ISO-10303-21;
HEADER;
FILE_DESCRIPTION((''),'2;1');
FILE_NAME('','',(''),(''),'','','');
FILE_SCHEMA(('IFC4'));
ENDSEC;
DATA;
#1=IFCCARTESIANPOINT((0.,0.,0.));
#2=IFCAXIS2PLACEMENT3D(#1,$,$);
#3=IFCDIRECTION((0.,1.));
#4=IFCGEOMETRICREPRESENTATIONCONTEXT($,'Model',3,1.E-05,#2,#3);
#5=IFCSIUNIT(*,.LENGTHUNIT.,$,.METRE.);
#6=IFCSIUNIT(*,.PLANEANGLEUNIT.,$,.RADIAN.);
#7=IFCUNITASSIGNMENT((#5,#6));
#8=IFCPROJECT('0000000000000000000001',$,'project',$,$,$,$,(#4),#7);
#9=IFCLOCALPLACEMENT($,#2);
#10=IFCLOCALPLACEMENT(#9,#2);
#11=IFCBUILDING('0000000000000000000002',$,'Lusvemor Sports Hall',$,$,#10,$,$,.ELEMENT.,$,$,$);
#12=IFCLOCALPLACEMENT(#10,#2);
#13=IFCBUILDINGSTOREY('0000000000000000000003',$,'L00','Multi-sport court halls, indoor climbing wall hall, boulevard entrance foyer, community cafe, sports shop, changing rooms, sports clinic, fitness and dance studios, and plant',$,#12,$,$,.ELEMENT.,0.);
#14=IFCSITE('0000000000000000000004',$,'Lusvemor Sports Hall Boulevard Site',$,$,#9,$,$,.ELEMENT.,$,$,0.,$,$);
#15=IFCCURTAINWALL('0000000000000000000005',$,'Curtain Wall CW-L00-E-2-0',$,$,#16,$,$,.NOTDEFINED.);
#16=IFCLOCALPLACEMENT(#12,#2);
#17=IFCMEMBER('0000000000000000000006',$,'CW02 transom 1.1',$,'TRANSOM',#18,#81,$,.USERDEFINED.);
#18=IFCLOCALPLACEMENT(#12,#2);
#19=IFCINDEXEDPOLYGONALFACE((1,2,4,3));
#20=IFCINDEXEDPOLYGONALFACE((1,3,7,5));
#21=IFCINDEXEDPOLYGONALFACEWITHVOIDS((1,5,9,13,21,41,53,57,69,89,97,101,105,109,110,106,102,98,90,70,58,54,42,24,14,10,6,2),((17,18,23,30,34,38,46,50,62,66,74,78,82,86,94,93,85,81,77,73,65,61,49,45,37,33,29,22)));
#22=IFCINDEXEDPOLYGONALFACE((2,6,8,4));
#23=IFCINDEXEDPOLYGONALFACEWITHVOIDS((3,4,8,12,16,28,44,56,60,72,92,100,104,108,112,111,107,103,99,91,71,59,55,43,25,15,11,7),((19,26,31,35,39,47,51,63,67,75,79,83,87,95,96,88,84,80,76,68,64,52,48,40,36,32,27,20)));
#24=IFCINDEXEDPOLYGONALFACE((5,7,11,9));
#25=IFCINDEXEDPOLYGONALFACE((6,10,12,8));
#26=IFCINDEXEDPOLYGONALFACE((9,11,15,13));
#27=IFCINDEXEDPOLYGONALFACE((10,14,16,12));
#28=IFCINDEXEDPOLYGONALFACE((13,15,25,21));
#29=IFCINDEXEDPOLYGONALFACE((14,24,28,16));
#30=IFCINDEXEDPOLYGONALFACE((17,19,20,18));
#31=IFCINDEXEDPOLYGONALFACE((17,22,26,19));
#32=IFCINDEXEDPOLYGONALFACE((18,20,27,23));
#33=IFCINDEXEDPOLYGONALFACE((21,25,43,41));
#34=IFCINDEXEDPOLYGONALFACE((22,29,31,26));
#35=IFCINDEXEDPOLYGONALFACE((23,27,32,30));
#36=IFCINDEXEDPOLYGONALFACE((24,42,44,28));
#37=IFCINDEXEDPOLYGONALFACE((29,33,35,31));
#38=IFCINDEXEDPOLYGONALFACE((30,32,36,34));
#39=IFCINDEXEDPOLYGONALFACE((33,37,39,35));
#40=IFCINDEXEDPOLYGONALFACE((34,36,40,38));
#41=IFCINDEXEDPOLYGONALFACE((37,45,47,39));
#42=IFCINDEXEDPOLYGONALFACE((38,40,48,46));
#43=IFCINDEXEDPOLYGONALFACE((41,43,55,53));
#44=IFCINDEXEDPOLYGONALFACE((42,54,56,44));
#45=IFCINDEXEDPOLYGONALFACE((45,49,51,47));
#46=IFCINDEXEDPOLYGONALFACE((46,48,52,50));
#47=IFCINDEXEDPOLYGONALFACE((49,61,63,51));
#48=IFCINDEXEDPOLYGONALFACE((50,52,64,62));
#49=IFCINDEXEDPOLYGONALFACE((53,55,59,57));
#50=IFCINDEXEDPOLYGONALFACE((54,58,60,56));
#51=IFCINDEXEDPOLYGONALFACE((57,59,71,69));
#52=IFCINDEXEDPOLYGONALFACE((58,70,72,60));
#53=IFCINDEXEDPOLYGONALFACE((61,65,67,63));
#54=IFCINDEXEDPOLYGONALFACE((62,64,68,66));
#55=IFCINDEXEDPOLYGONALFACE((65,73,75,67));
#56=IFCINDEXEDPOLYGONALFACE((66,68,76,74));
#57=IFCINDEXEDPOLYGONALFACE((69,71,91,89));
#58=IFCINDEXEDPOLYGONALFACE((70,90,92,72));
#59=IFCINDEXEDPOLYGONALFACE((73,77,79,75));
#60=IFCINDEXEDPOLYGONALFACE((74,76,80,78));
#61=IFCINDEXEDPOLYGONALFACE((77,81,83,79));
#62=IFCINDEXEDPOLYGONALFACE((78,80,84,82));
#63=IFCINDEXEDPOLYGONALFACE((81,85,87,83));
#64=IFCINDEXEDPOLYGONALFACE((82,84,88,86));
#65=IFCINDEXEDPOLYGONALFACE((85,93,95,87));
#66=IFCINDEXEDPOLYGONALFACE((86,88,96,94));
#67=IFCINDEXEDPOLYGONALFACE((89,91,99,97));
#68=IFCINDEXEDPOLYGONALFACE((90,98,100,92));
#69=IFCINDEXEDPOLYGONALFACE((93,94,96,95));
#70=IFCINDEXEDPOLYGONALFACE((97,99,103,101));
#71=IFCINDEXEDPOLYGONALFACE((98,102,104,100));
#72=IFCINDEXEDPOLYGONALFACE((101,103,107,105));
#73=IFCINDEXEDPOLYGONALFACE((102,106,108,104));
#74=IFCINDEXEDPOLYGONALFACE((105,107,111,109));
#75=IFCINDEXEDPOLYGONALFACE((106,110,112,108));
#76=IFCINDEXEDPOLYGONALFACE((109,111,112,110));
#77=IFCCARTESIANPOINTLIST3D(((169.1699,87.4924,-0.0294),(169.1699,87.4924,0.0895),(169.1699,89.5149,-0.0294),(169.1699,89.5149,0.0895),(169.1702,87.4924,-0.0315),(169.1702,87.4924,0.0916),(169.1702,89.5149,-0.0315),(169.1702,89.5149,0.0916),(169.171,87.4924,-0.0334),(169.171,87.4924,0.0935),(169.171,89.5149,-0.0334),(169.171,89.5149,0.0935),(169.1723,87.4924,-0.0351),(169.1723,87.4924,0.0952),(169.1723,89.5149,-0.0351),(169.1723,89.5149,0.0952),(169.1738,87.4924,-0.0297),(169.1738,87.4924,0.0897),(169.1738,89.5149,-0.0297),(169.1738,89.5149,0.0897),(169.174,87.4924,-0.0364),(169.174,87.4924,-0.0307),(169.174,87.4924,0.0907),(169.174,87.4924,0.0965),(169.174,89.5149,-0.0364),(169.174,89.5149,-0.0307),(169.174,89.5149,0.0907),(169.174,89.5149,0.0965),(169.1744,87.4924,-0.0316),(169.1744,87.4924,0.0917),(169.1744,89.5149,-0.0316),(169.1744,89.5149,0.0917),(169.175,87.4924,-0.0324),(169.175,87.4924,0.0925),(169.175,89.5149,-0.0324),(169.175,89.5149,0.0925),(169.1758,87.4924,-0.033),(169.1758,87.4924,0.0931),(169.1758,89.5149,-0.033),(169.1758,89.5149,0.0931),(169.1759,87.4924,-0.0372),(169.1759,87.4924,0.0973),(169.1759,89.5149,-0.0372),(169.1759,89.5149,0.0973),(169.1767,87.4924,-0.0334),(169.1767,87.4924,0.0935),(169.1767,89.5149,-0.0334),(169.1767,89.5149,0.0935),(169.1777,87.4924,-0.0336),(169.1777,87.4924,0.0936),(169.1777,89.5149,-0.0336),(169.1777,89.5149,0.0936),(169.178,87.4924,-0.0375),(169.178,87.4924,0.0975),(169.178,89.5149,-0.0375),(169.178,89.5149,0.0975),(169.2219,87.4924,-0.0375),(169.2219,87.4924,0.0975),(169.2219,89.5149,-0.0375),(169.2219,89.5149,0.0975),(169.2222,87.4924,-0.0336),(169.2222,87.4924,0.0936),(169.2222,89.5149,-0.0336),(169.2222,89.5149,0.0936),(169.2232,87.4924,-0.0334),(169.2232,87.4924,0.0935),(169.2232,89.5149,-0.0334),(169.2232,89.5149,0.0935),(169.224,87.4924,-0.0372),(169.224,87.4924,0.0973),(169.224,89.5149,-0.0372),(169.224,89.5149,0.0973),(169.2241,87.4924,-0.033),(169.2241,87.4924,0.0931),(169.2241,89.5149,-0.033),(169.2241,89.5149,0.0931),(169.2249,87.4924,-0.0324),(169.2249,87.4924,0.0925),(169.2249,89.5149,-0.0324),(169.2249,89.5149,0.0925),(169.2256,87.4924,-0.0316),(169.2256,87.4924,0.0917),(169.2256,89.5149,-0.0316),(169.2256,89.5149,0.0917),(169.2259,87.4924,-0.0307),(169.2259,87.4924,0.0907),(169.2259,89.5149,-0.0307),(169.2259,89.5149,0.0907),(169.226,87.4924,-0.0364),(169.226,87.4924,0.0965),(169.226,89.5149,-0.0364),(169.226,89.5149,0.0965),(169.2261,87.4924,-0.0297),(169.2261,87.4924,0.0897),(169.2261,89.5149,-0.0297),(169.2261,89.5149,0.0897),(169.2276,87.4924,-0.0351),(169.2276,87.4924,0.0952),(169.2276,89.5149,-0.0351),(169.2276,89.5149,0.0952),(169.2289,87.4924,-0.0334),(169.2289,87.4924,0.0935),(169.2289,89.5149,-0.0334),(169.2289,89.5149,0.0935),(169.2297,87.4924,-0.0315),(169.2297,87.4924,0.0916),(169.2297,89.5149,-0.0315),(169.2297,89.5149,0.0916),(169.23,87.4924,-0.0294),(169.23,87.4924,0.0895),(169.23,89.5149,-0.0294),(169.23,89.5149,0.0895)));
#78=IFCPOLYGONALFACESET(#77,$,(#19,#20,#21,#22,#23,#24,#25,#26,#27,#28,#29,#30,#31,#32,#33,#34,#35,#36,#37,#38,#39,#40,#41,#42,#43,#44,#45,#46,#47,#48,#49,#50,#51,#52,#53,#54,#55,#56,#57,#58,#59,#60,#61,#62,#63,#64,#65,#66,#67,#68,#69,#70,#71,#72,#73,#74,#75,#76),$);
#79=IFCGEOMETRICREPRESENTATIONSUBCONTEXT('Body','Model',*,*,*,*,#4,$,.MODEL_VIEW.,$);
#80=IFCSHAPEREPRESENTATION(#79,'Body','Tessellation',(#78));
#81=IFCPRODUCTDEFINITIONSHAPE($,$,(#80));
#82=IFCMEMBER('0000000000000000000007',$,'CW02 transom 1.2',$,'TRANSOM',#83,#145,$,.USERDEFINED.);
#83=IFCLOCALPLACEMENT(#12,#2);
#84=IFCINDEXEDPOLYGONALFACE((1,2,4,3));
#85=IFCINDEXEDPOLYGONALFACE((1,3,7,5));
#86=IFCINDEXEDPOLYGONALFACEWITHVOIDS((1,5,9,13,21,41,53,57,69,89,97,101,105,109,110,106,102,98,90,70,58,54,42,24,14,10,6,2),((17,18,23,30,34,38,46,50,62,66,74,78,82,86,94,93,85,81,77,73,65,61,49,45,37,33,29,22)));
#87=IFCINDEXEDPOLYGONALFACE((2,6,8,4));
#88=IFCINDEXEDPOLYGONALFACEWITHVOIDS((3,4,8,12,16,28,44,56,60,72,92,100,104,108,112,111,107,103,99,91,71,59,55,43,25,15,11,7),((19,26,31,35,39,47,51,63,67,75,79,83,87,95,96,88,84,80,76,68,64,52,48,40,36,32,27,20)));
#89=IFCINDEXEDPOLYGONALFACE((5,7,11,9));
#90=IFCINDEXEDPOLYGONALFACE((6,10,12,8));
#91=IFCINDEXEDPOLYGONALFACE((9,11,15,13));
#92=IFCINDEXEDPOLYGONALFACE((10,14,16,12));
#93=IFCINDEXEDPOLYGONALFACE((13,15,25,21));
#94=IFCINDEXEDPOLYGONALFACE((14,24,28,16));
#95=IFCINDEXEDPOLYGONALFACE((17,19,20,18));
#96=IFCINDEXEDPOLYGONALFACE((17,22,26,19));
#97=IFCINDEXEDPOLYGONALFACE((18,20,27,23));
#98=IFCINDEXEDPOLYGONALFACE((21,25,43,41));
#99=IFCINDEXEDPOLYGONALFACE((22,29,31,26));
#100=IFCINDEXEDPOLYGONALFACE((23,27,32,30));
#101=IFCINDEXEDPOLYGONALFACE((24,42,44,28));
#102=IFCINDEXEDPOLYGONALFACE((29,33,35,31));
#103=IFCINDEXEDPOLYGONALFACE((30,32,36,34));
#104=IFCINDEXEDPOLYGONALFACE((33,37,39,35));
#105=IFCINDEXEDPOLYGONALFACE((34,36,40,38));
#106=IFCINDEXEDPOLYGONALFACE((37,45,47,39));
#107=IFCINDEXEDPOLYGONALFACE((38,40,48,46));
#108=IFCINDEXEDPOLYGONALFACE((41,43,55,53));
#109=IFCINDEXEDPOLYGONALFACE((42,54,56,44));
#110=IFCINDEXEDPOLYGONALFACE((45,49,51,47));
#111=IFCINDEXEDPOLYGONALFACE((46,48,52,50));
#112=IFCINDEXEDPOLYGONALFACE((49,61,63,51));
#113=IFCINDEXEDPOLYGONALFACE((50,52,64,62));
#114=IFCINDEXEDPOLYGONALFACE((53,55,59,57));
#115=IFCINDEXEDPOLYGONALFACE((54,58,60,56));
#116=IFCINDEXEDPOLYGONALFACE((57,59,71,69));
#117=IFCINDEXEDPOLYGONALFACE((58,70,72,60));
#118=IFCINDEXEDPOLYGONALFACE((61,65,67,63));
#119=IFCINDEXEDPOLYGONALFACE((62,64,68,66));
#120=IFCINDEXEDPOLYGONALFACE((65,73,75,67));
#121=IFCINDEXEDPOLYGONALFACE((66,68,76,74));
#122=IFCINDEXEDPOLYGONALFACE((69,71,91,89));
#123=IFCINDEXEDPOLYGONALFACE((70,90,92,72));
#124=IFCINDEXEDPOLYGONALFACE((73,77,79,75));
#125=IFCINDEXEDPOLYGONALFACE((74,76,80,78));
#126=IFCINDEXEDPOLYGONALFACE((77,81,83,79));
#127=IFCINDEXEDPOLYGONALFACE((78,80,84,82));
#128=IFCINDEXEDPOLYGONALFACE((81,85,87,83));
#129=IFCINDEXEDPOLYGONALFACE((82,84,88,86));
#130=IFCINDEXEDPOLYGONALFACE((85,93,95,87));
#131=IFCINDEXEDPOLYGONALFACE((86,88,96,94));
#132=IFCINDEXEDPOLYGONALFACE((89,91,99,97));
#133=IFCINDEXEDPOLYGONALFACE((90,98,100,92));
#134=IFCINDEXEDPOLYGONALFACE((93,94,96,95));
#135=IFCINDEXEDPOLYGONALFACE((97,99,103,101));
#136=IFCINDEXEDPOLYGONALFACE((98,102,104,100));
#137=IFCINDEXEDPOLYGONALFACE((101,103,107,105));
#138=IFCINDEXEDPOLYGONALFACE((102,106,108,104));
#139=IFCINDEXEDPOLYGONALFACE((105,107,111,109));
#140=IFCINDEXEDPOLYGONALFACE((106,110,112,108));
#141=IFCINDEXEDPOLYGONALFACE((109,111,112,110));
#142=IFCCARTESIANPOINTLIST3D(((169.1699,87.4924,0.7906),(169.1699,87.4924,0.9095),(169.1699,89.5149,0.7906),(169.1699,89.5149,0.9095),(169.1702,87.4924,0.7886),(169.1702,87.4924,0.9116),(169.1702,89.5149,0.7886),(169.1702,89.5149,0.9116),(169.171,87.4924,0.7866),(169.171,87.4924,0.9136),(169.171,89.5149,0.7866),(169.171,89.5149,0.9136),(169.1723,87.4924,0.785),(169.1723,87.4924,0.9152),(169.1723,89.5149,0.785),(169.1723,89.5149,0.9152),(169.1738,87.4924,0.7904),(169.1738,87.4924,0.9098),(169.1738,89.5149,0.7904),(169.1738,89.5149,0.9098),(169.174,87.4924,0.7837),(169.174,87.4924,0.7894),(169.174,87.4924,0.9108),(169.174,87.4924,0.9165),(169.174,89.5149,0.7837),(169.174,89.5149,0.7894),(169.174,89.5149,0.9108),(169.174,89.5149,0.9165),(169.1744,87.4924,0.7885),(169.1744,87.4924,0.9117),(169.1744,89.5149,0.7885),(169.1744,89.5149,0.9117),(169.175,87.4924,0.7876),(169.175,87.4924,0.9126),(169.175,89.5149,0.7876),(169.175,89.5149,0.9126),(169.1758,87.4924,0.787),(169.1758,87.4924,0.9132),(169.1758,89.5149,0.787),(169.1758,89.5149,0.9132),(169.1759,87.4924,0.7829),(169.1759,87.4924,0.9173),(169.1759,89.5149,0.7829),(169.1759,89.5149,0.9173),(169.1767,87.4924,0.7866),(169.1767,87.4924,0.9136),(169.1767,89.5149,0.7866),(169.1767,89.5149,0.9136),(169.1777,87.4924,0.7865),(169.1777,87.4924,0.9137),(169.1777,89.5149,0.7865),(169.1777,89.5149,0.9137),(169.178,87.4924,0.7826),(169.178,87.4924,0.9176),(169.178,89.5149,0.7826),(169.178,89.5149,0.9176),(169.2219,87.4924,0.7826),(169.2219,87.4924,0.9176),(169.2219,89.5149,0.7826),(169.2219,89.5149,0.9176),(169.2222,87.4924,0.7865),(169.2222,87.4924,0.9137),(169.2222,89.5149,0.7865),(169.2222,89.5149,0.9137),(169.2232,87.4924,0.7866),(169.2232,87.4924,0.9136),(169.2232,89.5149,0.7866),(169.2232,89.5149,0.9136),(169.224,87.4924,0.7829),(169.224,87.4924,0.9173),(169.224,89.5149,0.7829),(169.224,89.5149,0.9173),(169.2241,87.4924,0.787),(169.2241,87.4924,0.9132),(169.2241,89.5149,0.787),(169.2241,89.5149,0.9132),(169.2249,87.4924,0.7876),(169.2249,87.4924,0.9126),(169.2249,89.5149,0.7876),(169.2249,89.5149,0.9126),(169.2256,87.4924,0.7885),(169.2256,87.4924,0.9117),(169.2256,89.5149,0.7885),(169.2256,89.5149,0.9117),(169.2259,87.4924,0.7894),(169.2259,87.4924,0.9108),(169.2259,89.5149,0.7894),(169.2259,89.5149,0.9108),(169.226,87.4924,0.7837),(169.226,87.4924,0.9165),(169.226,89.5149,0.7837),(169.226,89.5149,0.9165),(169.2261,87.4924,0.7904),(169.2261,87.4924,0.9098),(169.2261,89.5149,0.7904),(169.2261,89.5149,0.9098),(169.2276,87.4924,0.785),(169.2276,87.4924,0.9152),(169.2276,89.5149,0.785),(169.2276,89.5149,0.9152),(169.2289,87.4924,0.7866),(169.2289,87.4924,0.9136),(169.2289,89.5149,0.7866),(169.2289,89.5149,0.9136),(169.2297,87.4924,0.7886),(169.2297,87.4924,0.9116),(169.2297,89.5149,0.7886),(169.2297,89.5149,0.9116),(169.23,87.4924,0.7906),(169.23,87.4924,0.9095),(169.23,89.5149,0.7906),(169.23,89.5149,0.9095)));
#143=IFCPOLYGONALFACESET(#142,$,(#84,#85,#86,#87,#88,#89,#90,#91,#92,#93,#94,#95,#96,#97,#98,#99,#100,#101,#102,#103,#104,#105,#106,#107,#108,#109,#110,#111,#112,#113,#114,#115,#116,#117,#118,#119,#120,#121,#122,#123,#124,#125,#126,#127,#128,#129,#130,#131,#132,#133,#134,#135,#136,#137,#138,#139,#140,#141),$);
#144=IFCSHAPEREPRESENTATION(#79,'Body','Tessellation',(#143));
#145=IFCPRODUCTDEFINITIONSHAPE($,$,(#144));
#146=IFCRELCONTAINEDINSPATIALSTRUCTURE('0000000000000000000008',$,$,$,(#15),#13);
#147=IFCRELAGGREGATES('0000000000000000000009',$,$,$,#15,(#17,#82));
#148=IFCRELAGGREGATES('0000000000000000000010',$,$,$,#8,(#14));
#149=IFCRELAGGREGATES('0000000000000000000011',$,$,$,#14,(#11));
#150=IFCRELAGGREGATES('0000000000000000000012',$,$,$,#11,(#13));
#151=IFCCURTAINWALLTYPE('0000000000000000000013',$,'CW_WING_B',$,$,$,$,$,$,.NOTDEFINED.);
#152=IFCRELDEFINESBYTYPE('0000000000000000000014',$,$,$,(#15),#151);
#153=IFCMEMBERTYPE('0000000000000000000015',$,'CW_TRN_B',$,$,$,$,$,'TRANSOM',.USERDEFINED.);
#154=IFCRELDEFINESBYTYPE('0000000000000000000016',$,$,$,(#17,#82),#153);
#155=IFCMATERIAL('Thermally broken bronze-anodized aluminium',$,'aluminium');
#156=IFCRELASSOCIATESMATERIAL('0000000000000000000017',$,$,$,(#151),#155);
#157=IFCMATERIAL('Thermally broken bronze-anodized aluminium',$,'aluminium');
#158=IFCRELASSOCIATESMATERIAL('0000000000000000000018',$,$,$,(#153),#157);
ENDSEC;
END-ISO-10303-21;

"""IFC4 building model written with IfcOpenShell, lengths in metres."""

from ifc_helpers import new_model, si_unit, direction, frame, origin, origin_2d, place, context, subcontext, project, spatial, hollow_rectangle, extrude, material, material_profile, profile_set, type_object, element, aggregate, save


model = new_model("IFC4")

# Units and contexts
model_context = context("Model", 3, precision=1e-05, world=origin(), true_north=direction((0.0, 1.0)))
body_context = subcontext(model_context, "Body", "Model", "MODEL_VIEW")
ifc_project = project(units=[si_unit("LENGTHUNIT", "METRE"), si_unit("PLANEANGLEUNIT", "RADIAN")], contexts=[model_context])

# Site, building, storey
site_placement = place(None, origin())
site = spatial("IfcSite", under=ifc_project, at=site_placement, Name="Lusvemor Sports Hall Boulevard Site", CompositionType="ELEMENT", RefElevation=0.0)
building_placement = place(site_placement, origin())
building = spatial("IfcBuilding", under=site, at=building_placement, Name="Lusvemor Sports Hall", CompositionType="ELEMENT")
storey_placement = place(building_placement, origin())
storey = spatial("IfcBuildingStorey", under=building, at=storey_placement, Name="L00", Description="Multi-sport court halls, indoor climbing wall hall, boulevard entrance foyer, community cafe, sports shop, changing rooms, sports clinic, fitness and dance studios, and plant", CompositionType="ELEMENT", Elevation=0.0)

# Curtain wall, members
ifc_material_1 = material(Name="Thermally broken bronze-anodized aluminium", Category="aluminium")
curtain_wall_type = type_object("IfcCurtainWallType", Name="CW_WING_B", PredefinedType="NOTDEFINED", material=ifc_material_1)
curtain_wall_placement = place(storey_placement, origin())
curtain_wall = element("IfcCurtainWall", 1, at=curtain_wall_placement, inside=storey, type_object=curtain_wall_type, Name="Curtain Wall CW-L00-E-2-0", PredefinedType="NOTDEFINED")
ifc_material_2 = material(Name="Thermally broken bronze-anodized aluminium", Category="aluminium")
ifc_material_profile_1 = material_profile(ifc_material_2, hollow_rectangle(XDim=0.0601, YDim=0.135, WallThickness=0.0039, InnerFilletRadius=0.0039, OuterFilletRadius=0.0081, at=origin_2d()), Name="CWTRN135x60x4")
ifc_profile_set_1 = profile_set([ifc_material_profile_1], Name="Thermally broken bronze-anodized aluminium")
member_type_1 = type_object("IfcMemberType", Name="CW_TRN_B", ElementType="TRANSOM", PredefinedType="USERDEFINED", material=ifc_profile_set_1)
member_1_placement = place(storey_placement, frame((169.2, 89.5149, 0.03), z_axis=(0.0, -1.0, 0.0), x_axis=(1.0, 0.0, 0.0)))
member_1 = element("IfcMember", 2, at=member_1_placement, type_object=member_type_1, Name="CW02 transom 1.1", ObjectType="TRANSOM", PredefinedType="USERDEFINED", context=body_context, shape_type="SweptSolid", body=[
    extrude(hollow_rectangle(XDim=0.0601, YDim=0.135, WallThickness=0.0039, InnerFilletRadius=0.0039, OuterFilletRadius=0.0081, at=origin_2d()), origin(), (0.0, 0.0, 1.0), 2.0225),
])
member_2_placement = place(storey_placement, frame((169.2, 89.5149, 0.8501), z_axis=(0.0, -1.0, 0.0), x_axis=(1.0, 0.0, 0.0)))
member_2 = element("IfcMember", 3, at=member_2_placement, type_object=member_type_1, Name="CW02 transom 1.2", ObjectType="TRANSOM", PredefinedType="USERDEFINED", context=body_context, shape_type="SweptSolid", body=[
    extrude(hollow_rectangle(XDim=0.0601, YDim=0.135, WallThickness=0.0039, InnerFilletRadius=0.0039, OuterFilletRadius=0.0081, at=origin_2d()), origin(), (0.0, 0.0, 1.0), 2.0225),
])
aggregate(curtain_wall, [member_1, member_2])

save(model, "model.ifc")
